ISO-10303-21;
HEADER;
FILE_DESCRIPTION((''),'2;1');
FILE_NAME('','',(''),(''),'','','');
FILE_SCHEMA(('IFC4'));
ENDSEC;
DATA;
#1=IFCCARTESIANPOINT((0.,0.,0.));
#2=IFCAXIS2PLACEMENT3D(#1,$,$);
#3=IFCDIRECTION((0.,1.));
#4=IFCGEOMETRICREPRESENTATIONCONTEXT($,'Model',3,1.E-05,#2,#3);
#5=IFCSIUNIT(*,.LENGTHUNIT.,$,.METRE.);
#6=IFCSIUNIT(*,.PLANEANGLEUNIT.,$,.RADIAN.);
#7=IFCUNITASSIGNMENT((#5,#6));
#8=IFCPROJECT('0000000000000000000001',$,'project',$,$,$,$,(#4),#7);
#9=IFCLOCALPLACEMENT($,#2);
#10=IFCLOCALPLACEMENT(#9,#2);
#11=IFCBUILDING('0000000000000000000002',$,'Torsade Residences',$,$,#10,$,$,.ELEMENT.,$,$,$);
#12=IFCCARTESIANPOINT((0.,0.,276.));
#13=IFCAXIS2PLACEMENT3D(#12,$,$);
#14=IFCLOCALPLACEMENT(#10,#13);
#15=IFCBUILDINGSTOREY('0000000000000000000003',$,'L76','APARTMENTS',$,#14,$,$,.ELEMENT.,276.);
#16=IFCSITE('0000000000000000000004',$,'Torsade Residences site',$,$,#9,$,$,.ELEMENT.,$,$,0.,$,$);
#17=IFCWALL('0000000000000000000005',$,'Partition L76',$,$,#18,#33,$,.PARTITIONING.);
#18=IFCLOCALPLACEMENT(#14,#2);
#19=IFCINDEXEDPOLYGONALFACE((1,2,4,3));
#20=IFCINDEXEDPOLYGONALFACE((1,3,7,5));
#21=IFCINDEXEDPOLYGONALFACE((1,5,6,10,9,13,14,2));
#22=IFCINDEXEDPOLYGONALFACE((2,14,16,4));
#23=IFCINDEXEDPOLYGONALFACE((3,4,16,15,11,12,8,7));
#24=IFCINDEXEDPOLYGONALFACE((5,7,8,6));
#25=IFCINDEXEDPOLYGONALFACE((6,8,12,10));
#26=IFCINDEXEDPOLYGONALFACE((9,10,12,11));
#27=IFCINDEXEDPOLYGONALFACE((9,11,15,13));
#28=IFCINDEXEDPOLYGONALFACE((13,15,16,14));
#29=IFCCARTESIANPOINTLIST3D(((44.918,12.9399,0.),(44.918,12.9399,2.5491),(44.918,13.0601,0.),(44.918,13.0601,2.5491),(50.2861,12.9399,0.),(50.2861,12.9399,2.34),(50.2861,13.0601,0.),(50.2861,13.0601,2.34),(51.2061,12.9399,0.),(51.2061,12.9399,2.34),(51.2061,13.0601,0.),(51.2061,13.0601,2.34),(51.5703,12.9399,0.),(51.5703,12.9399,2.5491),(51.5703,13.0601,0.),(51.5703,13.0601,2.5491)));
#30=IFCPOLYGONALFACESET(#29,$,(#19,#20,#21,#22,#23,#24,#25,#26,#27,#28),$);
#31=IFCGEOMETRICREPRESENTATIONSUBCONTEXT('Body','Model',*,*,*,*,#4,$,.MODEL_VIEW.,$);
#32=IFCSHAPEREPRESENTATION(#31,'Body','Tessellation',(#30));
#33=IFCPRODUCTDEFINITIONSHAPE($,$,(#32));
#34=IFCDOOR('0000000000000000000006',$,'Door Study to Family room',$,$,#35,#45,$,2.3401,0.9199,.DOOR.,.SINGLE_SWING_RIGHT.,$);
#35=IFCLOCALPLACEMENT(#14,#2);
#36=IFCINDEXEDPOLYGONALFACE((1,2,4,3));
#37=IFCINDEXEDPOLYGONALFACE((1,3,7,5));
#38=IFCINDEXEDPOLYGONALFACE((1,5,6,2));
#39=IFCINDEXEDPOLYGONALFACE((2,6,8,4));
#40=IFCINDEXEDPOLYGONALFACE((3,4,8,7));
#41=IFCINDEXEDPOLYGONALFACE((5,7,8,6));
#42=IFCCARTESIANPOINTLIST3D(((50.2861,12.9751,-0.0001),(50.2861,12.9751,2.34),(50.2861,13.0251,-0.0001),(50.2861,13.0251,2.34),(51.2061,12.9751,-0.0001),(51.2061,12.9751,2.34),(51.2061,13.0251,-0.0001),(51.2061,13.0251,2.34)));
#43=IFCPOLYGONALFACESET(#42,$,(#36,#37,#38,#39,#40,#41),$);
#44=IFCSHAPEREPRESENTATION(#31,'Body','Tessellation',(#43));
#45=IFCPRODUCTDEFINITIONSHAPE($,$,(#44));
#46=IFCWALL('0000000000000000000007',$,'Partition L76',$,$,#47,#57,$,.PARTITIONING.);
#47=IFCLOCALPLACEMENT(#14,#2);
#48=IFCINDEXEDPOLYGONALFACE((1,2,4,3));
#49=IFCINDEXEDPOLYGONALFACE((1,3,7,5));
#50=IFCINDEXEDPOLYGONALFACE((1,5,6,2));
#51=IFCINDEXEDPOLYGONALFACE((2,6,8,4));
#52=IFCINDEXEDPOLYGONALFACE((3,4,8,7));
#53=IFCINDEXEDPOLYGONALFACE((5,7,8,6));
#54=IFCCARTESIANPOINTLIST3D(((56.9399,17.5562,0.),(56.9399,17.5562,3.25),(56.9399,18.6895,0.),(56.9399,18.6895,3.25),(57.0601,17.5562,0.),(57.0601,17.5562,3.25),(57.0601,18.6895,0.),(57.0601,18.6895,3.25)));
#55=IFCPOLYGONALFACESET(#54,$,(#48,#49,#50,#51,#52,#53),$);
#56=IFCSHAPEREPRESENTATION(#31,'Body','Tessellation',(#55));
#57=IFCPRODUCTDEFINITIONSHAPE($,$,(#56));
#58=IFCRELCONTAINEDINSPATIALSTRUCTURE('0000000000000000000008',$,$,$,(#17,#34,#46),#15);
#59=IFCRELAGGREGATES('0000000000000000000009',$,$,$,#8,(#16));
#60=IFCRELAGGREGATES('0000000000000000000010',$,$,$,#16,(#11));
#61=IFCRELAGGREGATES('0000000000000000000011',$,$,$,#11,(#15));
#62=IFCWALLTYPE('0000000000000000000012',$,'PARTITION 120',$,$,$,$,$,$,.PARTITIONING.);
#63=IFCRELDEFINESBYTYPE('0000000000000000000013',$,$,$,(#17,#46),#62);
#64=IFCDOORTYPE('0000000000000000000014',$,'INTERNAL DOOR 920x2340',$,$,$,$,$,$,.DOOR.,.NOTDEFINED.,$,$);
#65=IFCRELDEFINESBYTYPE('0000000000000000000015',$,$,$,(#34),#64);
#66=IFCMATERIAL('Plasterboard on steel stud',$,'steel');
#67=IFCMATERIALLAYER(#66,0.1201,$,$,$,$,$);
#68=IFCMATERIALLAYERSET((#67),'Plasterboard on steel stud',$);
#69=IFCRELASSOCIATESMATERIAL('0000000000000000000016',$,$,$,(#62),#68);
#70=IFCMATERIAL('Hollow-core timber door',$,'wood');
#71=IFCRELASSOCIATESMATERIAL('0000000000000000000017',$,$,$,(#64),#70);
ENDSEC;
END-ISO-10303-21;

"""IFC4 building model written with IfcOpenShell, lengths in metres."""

from ifc_helpers import new_model, si_unit, direction, frame, frame_2d, origin, place, context, subcontext, project, spatial, rectangle, extrude, material, layer, layer_set, type_object, element, fill, save


model = new_model("IFC4")

# Units and contexts
model_context = context("Model", 3, precision=1e-05, world=origin(), true_north=direction((0.0, 1.0)))
body_context = subcontext(model_context, "Body", "Model", "MODEL_VIEW")
ifc_project = project(units=[si_unit("LENGTHUNIT", "METRE"), si_unit("PLANEANGLEUNIT", "RADIAN")], contexts=[model_context])

# Site, building, storey
site_placement = place(None, origin())
site = spatial("IfcSite", under=ifc_project, at=site_placement, Name="Torsade Residences site", CompositionType="ELEMENT", RefElevation=0.0)
building_placement = place(site_placement, origin())
building = spatial("IfcBuilding", under=site, at=building_placement, Name="Torsade Residences", CompositionType="ELEMENT")
storey_placement = place(building_placement, frame((0.0, 0.0, 276.0)))
storey = spatial("IfcBuildingStorey", under=building, at=storey_placement, Name="L76", Description="APARTMENTS", CompositionType="ELEMENT", Elevation=276.0)

# Wall, opening, door
ifc_material_1 = material(Name="Plasterboard on steel stud", Category="steel")
ifc_layer_1 = layer(ifc_material_1, 0.1201)
ifc_layer_set_1 = layer_set([ifc_layer_1], Name="Plasterboard on steel stud")
wall_type = type_object("IfcWallType", Name="PARTITION 120", PredefinedType="PARTITIONING", material=ifc_layer_set_1)
wall_1_placement = place(storey_placement, frame((51.5703, 13.0, 0.0), z_axis=(0.0, 0.0, 1.0), x_axis=(-1.0, 0.0, 0.0)))
wall_1 = element("IfcWall", 1, at=wall_1_placement, inside=storey, type_object=wall_type, Name="Partition L76", PredefinedType="PARTITIONING", context=body_context, shape_type="SweptSolid", body=[
    extrude(rectangle(XDim=6.6523, YDim=0.1201, at=frame_2d((3.3262, 0.0))), origin(), (0.0, 0.0, 1.0), 2.5491),
])
opening_placement = place(wall_1_placement, frame((0.3643, 0.0, 0.0)))
opening = element("IfcOpeningElement", 2, at=opening_placement, cuts=wall_1, PredefinedType="OPENING", context=body_context, shape_type="SweptSolid", body=[
    extrude(rectangle(XDim=0.9199, YDim=2.3401, at=frame_2d((0.46, 1.1699))), frame((0.0, 0.0701, 0.0), z_axis=(0.0, -1.0, 0.0), x_axis=(1.0, 0.0, 0.0)), (0.0, 0.0, 1.0), 0.1401),
])
ifc_material_2 = material(Name="Hollow-core timber door", Category="wood")
door_type = type_object("IfcDoorType", Name="INTERNAL DOOR 920x2340", OperationType="NOTDEFINED", PredefinedType="DOOR", material=ifc_material_2)
door_placement = place(opening_placement, origin())
door = element("IfcDoor", 3, at=door_placement, inside=storey, type_object=door_type, Name="Door Study to Family room", OperationType="SINGLE_SWING_RIGHT", OverallHeight=2.3401, OverallWidth=0.9199, PredefinedType="DOOR", context=body_context, shape_type="SweptSolid", body=[
    extrude(rectangle(XDim=0.9199, YDim=2.3401, at=frame_2d((0.46, 1.1699))), frame((0.0, 0.0249, 0.0), z_axis=(0.0, -1.0, 0.0), x_axis=(1.0, 0.0, 0.0)), (0.0, 0.0, 1.0), 0.05),
])
fill(opening, door)

# Wall
wall_2_placement = place(storey_placement, frame((57.0, 18.6895, 0.0), z_axis=(0.0, 0.0, 1.0), x_axis=(0.0, -1.0, 0.0)))
element("IfcWall", 4, at=wall_2_placement, inside=storey, type_object=wall_type, Name="Partition L76", PredefinedType="PARTITIONING", context=body_context, shape_type="SweptSolid", body=[
    extrude(rectangle(XDim=1.1333, YDim=0.1201, at=frame_2d((0.5667, 0.0))), origin(), (0.0, 0.0, 1.0), 3.25),
])

save(model, "model.ifc")
